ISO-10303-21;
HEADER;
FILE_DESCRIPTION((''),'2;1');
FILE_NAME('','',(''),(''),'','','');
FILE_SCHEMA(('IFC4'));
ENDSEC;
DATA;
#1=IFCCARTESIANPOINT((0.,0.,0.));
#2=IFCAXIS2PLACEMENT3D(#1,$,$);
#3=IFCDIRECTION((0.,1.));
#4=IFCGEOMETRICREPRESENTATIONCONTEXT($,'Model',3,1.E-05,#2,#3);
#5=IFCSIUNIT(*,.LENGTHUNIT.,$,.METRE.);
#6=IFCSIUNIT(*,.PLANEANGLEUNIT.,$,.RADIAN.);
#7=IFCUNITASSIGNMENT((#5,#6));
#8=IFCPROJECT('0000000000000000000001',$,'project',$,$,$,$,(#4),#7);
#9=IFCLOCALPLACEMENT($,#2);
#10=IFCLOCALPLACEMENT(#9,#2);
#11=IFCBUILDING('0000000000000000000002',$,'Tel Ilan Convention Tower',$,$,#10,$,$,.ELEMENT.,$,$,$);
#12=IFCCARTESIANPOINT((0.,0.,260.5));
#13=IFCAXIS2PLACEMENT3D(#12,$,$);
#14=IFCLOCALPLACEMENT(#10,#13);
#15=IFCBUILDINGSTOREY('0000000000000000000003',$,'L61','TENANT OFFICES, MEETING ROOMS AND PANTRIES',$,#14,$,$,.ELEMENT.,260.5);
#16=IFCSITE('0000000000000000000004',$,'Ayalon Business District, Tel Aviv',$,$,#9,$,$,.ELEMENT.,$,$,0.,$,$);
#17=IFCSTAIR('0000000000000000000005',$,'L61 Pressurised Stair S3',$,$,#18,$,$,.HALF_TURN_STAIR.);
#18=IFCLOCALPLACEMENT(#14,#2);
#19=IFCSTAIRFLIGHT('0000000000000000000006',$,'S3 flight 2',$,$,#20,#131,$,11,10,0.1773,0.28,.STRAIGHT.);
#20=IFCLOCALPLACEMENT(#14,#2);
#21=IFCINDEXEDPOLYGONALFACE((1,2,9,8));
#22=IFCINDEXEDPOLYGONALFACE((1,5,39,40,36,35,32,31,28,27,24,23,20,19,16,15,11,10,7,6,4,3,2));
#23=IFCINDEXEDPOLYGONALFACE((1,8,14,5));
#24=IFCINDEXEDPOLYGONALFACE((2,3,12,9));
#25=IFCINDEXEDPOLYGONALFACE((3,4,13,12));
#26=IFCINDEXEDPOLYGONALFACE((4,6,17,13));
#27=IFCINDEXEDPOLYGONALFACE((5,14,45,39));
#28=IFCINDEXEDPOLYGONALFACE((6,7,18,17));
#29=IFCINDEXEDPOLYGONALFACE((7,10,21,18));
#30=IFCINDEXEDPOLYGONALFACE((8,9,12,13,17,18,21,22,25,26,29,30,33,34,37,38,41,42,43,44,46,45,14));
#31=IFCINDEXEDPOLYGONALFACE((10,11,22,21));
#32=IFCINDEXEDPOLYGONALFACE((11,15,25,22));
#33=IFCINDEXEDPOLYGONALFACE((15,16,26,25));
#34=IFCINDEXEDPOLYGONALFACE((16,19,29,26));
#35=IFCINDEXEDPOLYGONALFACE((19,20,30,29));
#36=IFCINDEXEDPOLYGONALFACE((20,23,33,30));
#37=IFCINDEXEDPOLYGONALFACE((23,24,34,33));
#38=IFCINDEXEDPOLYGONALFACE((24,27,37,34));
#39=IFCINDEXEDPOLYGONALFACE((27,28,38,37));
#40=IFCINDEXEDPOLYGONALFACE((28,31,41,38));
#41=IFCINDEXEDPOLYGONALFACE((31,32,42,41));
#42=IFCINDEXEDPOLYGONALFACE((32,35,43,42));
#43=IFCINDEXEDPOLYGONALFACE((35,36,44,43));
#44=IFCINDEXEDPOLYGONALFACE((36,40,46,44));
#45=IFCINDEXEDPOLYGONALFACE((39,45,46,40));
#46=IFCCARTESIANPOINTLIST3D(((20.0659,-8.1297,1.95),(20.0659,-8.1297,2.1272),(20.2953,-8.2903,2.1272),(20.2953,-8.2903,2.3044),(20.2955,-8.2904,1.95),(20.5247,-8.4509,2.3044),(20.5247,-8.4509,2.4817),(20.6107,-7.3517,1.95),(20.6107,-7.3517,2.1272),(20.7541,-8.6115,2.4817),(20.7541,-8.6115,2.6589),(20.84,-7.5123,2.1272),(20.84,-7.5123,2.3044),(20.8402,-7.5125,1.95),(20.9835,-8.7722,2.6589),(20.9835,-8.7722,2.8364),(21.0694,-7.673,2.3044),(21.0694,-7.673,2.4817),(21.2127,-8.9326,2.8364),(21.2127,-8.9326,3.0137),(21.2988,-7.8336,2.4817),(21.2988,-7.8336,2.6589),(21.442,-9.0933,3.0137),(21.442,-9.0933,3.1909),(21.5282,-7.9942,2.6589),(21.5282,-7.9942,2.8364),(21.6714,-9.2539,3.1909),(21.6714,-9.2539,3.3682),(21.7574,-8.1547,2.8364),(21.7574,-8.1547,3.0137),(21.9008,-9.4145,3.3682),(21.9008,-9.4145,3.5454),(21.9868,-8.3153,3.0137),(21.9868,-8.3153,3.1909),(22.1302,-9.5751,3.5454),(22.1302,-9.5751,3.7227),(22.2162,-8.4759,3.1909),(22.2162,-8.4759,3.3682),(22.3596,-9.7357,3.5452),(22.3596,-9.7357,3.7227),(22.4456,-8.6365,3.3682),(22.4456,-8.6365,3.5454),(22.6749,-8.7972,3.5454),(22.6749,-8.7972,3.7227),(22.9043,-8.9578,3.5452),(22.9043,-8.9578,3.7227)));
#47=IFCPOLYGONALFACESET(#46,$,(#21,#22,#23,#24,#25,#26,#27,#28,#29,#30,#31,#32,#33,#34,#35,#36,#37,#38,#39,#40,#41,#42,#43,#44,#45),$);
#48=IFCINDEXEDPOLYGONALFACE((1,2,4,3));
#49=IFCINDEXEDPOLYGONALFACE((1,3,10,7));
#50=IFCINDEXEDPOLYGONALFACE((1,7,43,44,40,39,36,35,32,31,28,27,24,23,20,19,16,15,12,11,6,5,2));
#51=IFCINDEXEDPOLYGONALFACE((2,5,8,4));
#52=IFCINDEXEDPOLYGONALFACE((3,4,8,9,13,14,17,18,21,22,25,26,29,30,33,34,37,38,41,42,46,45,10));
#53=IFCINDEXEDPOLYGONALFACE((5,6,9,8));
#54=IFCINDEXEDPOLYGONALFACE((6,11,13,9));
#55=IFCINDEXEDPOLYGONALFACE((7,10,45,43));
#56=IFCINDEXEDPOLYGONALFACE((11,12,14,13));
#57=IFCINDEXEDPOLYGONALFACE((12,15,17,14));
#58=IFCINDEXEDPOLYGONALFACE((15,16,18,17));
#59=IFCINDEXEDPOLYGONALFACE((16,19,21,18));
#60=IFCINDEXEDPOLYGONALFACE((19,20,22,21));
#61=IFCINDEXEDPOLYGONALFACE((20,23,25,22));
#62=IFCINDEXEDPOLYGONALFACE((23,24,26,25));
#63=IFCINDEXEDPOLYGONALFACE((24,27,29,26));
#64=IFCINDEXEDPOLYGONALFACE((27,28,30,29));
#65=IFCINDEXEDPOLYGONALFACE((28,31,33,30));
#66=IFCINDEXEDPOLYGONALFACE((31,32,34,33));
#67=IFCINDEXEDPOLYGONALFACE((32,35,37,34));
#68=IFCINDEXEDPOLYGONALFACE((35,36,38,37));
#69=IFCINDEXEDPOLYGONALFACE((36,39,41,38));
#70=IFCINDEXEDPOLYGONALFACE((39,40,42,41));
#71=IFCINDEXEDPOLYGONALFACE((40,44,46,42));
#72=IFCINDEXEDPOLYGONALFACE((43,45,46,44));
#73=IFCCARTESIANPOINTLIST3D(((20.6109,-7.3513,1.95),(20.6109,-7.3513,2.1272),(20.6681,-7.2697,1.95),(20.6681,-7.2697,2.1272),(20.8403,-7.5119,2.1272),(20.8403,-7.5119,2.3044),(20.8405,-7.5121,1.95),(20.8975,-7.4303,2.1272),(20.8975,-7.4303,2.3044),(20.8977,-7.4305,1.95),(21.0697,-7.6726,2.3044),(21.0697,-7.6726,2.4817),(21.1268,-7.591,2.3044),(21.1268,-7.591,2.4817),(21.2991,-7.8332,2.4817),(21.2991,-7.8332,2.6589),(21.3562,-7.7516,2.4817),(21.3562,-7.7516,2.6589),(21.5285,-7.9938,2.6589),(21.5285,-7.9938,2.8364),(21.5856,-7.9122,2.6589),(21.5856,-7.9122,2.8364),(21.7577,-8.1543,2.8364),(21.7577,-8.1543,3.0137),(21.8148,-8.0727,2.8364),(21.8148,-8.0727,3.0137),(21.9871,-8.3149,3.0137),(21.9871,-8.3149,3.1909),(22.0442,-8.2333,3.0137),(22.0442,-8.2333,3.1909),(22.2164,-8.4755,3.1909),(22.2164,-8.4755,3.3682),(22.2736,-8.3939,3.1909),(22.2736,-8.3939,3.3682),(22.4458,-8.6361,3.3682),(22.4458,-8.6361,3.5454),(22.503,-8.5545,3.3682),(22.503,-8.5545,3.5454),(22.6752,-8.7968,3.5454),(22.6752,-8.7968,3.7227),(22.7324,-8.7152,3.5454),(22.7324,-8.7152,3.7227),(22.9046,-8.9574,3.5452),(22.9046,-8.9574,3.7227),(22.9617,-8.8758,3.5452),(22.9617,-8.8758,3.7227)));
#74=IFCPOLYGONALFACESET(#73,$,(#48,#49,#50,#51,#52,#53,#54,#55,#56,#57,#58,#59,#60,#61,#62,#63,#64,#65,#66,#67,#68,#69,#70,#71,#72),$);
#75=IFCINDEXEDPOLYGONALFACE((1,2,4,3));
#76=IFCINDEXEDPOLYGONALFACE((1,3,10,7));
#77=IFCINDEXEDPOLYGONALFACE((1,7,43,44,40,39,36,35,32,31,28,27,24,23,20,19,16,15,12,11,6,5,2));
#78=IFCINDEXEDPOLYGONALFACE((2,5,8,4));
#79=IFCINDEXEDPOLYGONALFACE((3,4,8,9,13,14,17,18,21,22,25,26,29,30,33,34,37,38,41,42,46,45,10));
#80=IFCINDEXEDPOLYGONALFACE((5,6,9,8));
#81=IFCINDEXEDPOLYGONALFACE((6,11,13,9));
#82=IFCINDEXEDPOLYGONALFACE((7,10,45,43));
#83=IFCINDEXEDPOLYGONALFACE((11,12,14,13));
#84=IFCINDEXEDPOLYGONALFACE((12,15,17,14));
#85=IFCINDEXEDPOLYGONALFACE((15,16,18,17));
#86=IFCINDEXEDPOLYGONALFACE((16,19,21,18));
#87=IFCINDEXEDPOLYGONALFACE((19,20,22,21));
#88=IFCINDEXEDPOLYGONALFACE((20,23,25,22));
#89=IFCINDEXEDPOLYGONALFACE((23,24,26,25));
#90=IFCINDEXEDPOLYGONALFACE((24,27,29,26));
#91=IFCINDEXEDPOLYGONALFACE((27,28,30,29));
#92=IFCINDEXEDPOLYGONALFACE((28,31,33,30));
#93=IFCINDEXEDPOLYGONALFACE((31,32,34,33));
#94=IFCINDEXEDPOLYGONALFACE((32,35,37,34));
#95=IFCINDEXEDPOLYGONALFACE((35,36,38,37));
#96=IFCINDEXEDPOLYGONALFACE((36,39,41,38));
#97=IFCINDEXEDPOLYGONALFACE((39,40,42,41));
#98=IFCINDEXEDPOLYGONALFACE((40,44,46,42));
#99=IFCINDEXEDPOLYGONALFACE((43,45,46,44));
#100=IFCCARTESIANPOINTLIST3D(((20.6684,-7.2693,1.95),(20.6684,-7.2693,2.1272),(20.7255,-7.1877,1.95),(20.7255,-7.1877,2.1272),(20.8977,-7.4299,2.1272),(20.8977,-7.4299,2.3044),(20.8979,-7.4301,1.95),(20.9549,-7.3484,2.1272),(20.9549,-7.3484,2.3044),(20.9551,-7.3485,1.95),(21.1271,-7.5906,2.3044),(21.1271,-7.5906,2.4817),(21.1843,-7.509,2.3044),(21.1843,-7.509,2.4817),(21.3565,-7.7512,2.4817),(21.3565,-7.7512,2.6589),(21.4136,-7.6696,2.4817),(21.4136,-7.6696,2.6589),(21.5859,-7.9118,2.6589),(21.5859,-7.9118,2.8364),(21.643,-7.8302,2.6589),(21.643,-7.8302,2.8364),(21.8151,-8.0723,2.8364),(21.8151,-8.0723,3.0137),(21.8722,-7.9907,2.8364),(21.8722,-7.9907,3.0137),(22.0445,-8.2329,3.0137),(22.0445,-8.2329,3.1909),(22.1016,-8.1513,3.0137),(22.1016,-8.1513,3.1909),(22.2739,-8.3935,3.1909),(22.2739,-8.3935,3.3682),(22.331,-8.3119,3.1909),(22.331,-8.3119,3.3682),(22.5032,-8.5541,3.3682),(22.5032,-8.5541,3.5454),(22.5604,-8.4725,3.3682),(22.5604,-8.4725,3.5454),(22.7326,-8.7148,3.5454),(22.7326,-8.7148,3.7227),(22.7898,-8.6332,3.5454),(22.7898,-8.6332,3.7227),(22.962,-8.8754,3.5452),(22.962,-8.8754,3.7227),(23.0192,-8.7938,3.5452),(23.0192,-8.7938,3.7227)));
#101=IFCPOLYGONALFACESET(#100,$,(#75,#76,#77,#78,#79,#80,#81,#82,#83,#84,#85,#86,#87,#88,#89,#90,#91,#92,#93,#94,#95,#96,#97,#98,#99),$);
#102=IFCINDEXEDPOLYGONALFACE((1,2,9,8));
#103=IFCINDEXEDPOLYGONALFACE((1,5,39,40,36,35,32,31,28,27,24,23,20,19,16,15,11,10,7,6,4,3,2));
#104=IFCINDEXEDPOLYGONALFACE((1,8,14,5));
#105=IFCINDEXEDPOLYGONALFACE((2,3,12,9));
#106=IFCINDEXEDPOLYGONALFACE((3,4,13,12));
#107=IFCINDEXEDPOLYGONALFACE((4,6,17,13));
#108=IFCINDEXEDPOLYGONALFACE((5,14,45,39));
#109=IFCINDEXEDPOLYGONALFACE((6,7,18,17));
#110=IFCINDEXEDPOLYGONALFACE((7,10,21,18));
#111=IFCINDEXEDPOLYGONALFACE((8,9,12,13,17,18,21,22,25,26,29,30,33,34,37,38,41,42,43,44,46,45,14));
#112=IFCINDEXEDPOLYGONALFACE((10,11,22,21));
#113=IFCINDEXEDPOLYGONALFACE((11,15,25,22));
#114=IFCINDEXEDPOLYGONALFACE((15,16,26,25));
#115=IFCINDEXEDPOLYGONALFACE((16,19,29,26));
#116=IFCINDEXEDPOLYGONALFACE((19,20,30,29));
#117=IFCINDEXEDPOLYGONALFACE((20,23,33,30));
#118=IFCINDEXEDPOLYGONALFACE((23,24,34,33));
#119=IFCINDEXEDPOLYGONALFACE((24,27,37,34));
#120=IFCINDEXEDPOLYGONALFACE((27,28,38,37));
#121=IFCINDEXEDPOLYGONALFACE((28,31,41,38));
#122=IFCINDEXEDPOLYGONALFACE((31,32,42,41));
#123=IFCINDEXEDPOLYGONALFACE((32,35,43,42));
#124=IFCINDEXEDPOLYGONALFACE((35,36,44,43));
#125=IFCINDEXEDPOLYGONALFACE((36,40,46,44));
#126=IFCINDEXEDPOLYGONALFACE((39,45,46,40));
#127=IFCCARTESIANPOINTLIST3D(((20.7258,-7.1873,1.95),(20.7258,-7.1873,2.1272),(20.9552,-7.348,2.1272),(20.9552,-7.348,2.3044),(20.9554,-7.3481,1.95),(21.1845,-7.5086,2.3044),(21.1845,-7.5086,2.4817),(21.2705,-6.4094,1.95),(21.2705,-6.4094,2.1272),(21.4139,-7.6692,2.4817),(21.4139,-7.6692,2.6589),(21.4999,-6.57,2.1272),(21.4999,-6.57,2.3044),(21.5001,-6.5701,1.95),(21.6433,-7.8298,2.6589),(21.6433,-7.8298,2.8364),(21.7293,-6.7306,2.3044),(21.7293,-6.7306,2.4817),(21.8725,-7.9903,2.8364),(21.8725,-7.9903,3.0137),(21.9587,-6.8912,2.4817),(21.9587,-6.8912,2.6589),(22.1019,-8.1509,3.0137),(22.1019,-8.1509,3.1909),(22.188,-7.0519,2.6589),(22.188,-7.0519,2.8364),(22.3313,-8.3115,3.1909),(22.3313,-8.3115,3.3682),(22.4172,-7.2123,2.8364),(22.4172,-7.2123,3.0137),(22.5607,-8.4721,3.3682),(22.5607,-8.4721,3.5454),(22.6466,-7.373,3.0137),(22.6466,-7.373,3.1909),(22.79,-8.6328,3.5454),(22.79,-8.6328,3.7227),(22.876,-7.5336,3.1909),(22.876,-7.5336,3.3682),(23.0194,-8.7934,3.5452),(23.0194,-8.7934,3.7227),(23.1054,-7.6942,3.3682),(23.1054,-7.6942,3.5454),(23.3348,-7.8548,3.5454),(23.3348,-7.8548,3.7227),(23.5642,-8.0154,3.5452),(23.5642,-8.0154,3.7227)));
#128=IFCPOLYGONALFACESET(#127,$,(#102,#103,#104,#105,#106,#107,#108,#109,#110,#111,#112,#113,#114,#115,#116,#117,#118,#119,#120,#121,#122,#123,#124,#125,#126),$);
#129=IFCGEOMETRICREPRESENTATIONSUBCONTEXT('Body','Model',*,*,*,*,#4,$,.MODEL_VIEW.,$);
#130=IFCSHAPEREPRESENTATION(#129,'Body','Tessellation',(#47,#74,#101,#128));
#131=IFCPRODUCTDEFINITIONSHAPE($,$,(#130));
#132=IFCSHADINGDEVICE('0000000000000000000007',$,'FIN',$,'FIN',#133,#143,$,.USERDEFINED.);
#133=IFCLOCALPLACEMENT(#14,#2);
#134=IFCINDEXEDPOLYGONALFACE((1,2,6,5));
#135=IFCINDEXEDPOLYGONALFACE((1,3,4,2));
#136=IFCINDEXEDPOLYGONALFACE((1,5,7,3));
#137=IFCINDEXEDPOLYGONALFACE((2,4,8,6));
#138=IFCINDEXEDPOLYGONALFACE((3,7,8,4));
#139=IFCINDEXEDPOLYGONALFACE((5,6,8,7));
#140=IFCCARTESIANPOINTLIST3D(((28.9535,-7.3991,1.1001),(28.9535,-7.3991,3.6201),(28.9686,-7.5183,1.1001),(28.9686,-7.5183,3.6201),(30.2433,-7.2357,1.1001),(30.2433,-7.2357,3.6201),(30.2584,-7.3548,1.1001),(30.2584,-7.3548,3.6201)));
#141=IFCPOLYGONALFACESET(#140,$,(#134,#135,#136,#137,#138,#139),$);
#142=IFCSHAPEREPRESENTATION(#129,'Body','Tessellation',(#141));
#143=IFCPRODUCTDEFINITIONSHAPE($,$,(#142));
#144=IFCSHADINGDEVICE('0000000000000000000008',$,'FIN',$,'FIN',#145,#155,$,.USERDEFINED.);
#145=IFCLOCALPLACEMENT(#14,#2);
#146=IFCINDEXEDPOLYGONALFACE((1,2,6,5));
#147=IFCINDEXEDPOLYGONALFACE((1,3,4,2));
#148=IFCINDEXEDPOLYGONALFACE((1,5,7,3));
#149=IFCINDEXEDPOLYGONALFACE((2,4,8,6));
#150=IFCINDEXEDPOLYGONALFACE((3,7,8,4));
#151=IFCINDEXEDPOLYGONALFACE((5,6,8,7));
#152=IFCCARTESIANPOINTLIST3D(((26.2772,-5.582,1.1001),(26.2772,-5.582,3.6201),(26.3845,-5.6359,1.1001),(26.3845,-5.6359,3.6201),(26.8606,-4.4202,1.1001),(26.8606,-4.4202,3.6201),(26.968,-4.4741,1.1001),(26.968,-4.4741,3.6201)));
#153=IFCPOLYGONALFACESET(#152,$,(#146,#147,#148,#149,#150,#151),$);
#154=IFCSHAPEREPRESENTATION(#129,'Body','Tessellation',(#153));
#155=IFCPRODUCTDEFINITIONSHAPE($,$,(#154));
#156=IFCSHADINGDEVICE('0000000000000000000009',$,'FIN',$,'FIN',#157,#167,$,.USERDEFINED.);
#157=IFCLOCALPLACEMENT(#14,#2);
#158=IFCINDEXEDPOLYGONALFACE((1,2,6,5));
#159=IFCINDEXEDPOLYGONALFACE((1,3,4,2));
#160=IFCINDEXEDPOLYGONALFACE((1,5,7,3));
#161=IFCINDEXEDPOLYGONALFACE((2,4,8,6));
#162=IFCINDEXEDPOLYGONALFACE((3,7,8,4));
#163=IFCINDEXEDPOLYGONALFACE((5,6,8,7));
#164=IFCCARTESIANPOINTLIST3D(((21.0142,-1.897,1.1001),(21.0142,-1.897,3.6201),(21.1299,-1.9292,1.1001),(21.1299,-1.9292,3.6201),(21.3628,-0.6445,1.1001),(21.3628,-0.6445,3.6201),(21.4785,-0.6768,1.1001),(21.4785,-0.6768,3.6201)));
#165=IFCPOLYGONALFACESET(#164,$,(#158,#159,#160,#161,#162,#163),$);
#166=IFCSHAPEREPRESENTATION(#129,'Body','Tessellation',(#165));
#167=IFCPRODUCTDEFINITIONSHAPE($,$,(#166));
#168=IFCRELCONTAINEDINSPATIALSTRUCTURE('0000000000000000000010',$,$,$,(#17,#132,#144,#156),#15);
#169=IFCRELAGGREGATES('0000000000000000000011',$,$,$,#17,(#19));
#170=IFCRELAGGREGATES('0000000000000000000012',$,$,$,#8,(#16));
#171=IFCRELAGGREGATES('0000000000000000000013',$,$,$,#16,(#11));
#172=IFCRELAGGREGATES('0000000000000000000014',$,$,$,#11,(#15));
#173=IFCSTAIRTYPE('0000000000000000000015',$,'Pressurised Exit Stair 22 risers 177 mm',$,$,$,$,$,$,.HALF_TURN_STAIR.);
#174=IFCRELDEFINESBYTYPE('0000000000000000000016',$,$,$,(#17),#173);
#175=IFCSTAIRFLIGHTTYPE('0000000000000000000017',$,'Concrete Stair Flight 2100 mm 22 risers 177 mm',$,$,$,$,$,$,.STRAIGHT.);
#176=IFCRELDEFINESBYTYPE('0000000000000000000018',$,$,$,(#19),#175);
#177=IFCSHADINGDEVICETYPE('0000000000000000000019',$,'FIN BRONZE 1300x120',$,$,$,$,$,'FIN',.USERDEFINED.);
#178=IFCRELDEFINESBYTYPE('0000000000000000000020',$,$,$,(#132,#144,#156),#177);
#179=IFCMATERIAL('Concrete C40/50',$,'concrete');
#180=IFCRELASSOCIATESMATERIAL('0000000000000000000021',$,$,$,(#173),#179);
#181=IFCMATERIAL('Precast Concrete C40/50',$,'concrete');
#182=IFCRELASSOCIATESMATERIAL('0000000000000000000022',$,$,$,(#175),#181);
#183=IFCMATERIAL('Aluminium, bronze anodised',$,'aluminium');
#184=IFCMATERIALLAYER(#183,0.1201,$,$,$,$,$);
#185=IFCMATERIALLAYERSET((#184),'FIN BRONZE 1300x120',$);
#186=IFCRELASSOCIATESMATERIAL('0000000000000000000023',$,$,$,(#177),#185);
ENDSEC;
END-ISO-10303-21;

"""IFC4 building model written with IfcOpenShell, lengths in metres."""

from ifc_helpers import new_model, si_unit, direction, frame, origin, origin_2d, place, context, subcontext, project, spatial, polyline, rectangle, outline, extrude, material, layer, layer_set, type_object, element, aggregate, save


model = new_model("IFC4")

# Units and contexts
model_context = context("Model", 3, precision=1e-05, world=origin(), true_north=direction((0.0, 1.0)))
body_context = subcontext(model_context, "Body", "Model", "MODEL_VIEW")
ifc_project = project(units=[si_unit("LENGTHUNIT", "METRE"), si_unit("PLANEANGLEUNIT", "RADIAN")], contexts=[model_context])

# Site, building, storey
site_placement = place(None, origin())
site = spatial("IfcSite", under=ifc_project, at=site_placement, Name="Ayalon Business District, Tel Aviv", CompositionType="ELEMENT", RefElevation=0.0)
building_placement = place(site_placement, origin())
building = spatial("IfcBuilding", under=site, at=building_placement, Name="Tel Ilan Convention Tower", CompositionType="ELEMENT")
storey_placement = place(building_placement, frame((0.0, 0.0, 260.5)))
storey = spatial("IfcBuildingStorey", under=building, at=storey_placement, Name="L61", Description="TENANT OFFICES, MEETING ROOMS AND PANTRIES", CompositionType="ELEMENT", Elevation=260.5)

# Stair, stair flight
ifc_material_1 = material(Name="Concrete C40/50", Category="concrete")
stair_type = type_object("IfcStairType", Name="Pressurised Exit Stair 22 risers 177 mm", PredefinedType="HALF_TURN_STAIR", material=ifc_material_1)
stair_placement = place(storey_placement, origin())
stair = element("IfcStair", 1, at=stair_placement, inside=storey, type_object=stair_type, Name="L61 Pressurised Stair S3", PredefinedType="HALF_TURN_STAIR")
ifc_material_2 = material(Name="Precast Concrete C40/50", Category="concrete")
stair_flight_type = type_object("IfcStairFlightType", Name="Concrete Stair Flight 2100 mm 22 risers 177 mm", PredefinedType="STRAIGHT", material=ifc_material_2)
stair_flight_1_placement = place(storey_placement, frame((20.6682, -7.2695, 1.95), z_axis=(0.0, 0.0, 1.0), x_axis=(0.819152, -0.573576, 0.0)))
stair_flight_1 = element("IfcStairFlight", 2, at=stair_flight_1_placement, type_object=stair_flight_type, Name="S3 flight 2", NumberOfRisers=11, NumberOfTreads=10, PredefinedType="STRAIGHT", RiserHeight=0.1773, TreadLength=0.28, context=body_context, shape_type="SweptSolid", body=[
    extrude(outline(polyline([(0.0, 0.0), (0.0, 0.1772), (0.28, 0.1772), (0.28, 0.3545), (0.5601, 0.3545), (0.5601, 0.5317), (0.8401, 0.5317), (0.8401, 0.709), (1.1201, 0.709), (1.1201, 0.8865), (1.3999, 0.8865), (1.3999, 1.0637), (1.6799, 1.0637), (1.6799, 1.241), (1.96, 1.241), (1.96, 1.4182), (2.24, 1.4182), (2.24, 1.5955), (2.52, 1.5955), (2.52, 1.7727), (2.8, 1.7727), (2.8, 1.95), (2.8, 1.5952), (0.2803, 0.0), (0.0, 0.0)])), frame((0.0, -0.1003, 0.0), z_axis=(0.0, -1.0, 0.0), x_axis=(1.0, 0.0, 0.0)), (0.0, 0.0, 1.0), 0.9497),
    extrude(outline(polyline([(0.0, 0.0), (0.0, 0.1772), (0.28, 0.1772), (0.28, 0.3545), (0.5601, 0.3545), (0.5601, 0.5317), (0.8401, 0.5317), (0.8401, 0.709), (1.1201, 0.709), (1.1201, 0.8865), (1.3999, 0.8865), (1.3999, 1.0637), (1.6799, 1.0637), (1.6799, 1.241), (1.96, 1.241), (1.96, 1.4182), (2.24, 1.4182), (2.24, 1.5955), (2.52, 1.5955), (2.52, 1.7727), (2.8, 1.7727), (2.8, 1.95), (2.8, 1.5952), (0.2803, 0.0), (0.0, 0.0)])), frame((0.0, -0.0002, 0.0), z_axis=(0.0, -1.0, 0.0), x_axis=(1.0, 0.0, 0.0)), (0.0, 0.0, 1.0), 0.0996),
    extrude(outline(polyline([(0.0, 0.0), (0.0, 0.1772), (0.28, 0.1772), (0.28, 0.3545), (0.5601, 0.3545), (0.5601, 0.5317), (0.8401, 0.5317), (0.8401, 0.709), (1.1201, 0.709), (1.1201, 0.8865), (1.3999, 0.8865), (1.3999, 1.0637), (1.6799, 1.0637), (1.6799, 1.241), (1.96, 1.241), (1.96, 1.4182), (2.24, 1.4182), (2.24, 1.5955), (2.52, 1.5955), (2.52, 1.7727), (2.8, 1.7727), (2.8, 1.95), (2.8, 1.5952), (0.2803, 0.0), (0.0, 0.0)])), frame((0.0, 0.0999, 0.0), z_axis=(0.0, -1.0, 0.0), x_axis=(1.0, 0.0, 0.0)), (0.0, 0.0, 1.0), 0.0996),
    extrude(outline(polyline([(0.0, 0.0), (0.0, 0.1772), (0.28, 0.1772), (0.28, 0.3545), (0.5601, 0.3545), (0.5601, 0.5317), (0.8401, 0.5317), (0.8401, 0.709), (1.1201, 0.709), (1.1201, 0.8865), (1.3999, 0.8865), (1.3999, 1.0637), (1.6799, 1.0637), (1.6799, 1.241), (1.96, 1.241), (1.96, 1.4182), (2.24, 1.4182), (2.24, 1.5955), (2.52, 1.5955), (2.52, 1.7727), (2.8, 1.7727), (2.8, 1.95), (2.8, 1.5952), (0.2803, 0.0), (0.0, 0.0)])), frame((0.0, 1.05, 0.0), z_axis=(0.0, -1.0, 0.0), x_axis=(1.0, 0.0, 0.0)), (0.0, 0.0, 1.0), 0.9497),
])
aggregate(stair, [stair_flight_1])

# Shading devices
ifc_material_3 = material(Name="Aluminium, bronze anodised", Category="aluminium")
ifc_layer_1 = layer(ifc_material_3, 0.1201)
ifc_layer_set_1 = layer_set([ifc_layer_1], Name="FIN BRONZE 1300x120")
shading_device_type = type_object("IfcShadingDeviceType", Name="FIN BRONZE 1300x120", ElementType="FIN", PredefinedType="USERDEFINED", material=ifc_layer_set_1)
for number, where, z_axis, x_axis, name in (
    (3, (29.606, -7.377, 1.1001), (0.0, 0.0, 1.0), (0.992066, 0.125718, 0.0), "FIN"),
    (4, (26.6226, -5.0281, 1.1001), (0.0, 0.0, 1.0), (0.448799, 0.893633, 0.0), "FIN"),
    (5, (21.2463, -1.2869, 1.1001), (0.0, 0.0, 1.0), (0.268173, 0.963371, 0.0), "FIN"),
):
    element("IfcShadingDevice", number, at=place(storey_placement, frame(where, z_axis=z_axis, x_axis=x_axis)), inside=storey, type_object=shading_device_type, Name=name, ObjectType="FIN", PredefinedType="USERDEFINED", context=body_context, shape_type="SweptSolid", body=[
        extrude(rectangle(XDim=1.3, YDim=0.1201, at=origin_2d()), origin(), (0.0, 0.0, 1.0), 2.52),
    ])

save(model, "model.ifc")
